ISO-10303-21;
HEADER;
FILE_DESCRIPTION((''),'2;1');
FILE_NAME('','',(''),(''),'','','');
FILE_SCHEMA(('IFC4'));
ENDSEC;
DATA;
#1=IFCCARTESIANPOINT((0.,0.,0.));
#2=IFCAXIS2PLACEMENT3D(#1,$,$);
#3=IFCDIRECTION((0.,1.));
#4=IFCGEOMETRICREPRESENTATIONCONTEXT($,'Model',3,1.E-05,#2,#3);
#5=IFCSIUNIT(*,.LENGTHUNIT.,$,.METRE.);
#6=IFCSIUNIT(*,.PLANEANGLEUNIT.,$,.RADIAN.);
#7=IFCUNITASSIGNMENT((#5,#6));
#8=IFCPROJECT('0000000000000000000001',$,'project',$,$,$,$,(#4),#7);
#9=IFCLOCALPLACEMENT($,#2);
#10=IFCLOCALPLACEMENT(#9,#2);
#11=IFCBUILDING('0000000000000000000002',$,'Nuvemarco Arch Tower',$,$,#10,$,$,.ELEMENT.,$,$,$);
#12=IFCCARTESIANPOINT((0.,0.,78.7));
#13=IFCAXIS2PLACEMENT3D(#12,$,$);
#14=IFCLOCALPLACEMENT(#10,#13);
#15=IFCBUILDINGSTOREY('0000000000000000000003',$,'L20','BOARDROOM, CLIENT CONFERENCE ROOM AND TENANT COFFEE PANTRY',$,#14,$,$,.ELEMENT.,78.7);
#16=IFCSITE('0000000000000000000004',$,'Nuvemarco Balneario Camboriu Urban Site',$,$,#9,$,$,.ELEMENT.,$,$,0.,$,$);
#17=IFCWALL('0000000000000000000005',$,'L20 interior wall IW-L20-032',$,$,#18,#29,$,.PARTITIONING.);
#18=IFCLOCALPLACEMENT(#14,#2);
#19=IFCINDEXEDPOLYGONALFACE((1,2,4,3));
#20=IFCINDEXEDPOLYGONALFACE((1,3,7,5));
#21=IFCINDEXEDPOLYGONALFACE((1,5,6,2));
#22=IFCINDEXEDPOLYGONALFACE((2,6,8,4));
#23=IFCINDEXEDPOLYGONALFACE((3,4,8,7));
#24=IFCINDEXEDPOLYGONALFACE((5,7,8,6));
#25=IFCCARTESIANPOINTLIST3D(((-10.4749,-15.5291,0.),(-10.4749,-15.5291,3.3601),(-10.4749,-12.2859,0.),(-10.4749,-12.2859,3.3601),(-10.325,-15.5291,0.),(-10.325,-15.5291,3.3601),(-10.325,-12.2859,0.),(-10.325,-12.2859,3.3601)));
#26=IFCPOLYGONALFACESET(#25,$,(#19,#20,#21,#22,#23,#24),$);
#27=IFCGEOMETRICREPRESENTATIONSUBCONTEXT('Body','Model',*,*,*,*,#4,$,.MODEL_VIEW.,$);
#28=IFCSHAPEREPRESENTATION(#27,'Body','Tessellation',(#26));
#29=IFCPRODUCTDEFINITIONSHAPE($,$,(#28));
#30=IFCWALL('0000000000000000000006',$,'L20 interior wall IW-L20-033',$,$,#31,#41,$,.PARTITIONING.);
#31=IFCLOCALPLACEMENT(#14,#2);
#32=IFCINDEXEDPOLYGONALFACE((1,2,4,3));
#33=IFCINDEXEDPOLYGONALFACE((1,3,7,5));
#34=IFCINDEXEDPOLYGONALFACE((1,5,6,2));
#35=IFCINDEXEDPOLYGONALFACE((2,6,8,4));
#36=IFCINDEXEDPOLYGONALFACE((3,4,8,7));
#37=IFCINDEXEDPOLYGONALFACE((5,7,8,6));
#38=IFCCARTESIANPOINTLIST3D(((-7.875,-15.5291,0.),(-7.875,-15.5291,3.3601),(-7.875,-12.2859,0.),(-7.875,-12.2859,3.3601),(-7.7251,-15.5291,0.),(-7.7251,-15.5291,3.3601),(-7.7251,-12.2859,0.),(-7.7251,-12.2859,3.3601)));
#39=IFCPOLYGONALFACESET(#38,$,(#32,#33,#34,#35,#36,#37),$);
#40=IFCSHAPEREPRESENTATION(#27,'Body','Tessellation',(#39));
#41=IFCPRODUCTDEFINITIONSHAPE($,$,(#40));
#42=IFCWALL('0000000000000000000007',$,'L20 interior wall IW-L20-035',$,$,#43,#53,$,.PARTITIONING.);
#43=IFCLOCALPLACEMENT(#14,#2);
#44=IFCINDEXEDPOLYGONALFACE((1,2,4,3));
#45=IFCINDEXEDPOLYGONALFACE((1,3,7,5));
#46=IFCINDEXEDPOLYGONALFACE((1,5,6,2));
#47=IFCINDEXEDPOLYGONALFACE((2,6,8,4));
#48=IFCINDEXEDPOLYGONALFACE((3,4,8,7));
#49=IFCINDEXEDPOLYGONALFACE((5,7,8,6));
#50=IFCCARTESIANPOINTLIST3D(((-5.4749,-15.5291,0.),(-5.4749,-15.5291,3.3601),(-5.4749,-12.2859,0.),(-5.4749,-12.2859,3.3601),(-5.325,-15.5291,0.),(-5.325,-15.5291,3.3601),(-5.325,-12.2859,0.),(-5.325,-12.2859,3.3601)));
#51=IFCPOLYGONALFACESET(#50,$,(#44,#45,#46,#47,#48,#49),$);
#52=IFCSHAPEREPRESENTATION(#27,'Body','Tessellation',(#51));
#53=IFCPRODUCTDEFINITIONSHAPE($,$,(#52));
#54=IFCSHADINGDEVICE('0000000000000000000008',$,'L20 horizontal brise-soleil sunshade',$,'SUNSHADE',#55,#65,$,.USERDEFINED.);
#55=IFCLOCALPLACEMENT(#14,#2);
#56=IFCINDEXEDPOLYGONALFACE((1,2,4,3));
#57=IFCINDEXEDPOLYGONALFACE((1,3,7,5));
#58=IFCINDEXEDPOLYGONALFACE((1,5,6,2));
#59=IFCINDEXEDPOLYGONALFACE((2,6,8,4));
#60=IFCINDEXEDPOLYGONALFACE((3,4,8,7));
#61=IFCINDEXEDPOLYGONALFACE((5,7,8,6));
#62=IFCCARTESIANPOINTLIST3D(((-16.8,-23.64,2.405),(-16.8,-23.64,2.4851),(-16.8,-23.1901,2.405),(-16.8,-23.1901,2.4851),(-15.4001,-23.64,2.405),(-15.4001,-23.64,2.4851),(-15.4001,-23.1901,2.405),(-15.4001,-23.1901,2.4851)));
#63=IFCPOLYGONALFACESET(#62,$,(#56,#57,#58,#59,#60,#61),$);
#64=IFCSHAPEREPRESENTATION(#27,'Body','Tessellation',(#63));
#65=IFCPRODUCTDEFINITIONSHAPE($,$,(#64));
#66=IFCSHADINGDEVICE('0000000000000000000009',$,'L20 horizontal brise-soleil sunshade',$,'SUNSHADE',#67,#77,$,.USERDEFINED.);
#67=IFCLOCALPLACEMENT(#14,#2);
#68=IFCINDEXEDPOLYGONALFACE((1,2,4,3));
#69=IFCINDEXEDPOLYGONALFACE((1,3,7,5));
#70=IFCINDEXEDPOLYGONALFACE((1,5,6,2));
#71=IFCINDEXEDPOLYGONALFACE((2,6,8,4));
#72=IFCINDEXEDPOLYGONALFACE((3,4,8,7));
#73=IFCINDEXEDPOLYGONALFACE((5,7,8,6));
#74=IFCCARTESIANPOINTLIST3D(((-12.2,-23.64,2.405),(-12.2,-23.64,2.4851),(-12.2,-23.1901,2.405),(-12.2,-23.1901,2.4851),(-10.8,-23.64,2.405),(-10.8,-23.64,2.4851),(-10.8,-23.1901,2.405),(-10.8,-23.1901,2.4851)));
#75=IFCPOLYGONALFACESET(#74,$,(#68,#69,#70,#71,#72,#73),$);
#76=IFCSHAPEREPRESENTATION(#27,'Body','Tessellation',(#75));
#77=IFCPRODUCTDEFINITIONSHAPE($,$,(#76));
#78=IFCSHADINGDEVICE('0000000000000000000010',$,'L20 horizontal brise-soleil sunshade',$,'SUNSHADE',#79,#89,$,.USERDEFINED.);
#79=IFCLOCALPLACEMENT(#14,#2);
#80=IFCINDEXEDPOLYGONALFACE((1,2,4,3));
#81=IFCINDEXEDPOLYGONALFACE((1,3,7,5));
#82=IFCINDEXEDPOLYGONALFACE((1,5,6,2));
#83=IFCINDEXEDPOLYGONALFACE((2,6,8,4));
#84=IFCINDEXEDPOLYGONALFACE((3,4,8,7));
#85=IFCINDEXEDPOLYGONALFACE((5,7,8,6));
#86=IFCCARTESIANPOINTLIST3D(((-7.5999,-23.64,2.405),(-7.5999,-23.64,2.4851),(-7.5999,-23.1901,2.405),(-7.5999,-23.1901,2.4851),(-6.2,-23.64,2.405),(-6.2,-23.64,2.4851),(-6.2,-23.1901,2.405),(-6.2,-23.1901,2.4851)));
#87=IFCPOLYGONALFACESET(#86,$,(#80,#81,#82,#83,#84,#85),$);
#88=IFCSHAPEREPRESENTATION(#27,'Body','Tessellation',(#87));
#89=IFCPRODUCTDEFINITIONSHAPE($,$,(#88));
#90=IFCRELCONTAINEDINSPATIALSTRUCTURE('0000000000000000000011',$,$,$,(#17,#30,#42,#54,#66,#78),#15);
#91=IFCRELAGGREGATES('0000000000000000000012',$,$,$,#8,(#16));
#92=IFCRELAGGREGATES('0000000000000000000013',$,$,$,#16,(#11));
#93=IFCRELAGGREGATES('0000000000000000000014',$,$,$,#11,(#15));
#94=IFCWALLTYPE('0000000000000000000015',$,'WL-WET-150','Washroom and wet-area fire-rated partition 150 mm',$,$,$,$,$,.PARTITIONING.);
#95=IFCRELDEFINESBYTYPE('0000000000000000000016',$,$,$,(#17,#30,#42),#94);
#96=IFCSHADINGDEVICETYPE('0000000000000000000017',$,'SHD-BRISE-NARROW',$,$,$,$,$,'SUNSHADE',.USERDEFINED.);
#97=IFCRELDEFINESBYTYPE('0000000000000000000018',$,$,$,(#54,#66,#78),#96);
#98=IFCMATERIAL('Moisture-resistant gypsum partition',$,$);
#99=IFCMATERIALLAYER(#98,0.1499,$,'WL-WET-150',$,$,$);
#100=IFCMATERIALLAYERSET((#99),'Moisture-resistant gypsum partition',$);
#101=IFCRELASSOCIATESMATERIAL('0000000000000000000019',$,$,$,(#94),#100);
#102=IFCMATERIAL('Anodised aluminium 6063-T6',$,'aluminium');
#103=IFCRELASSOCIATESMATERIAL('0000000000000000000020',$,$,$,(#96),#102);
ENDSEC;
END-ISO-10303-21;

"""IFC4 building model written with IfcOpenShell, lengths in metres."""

from ifc_helpers import new_model, si_unit, direction, frame, frame_2d, origin, origin_2d, place, context, subcontext, project, spatial, rectangle, extrude, source, transform, mapped, material, layer, layer_set, type_object, type_shapes, element, save


model = new_model("IFC4")

# Units and contexts
model_context = context("Model", 3, precision=1e-05, world=origin(), true_north=direction((0.0, 1.0)))
body_context = subcontext(model_context, "Body", "Model", "MODEL_VIEW")
ifc_project = project(units=[si_unit("LENGTHUNIT", "METRE"), si_unit("PLANEANGLEUNIT", "RADIAN")], contexts=[model_context])

# Site, building, storey
site_placement = place(None, origin())
site = spatial("IfcSite", under=ifc_project, at=site_placement, Name="Nuvemarco Balneario Camboriu Urban Site", CompositionType="ELEMENT", RefElevation=0.0)
building_placement = place(site_placement, origin())
building = spatial("IfcBuilding", under=site, at=building_placement, Name="Nuvemarco Arch Tower", CompositionType="ELEMENT")
storey_placement = place(building_placement, frame((0.0, 0.0, 78.7)))
storey = spatial("IfcBuildingStorey", under=building, at=storey_placement, Name="L20", Description="BOARDROOM, CLIENT CONFERENCE ROOM AND TENANT COFFEE PANTRY", CompositionType="ELEMENT", Elevation=78.7)

# Walls
ifc_material_1 = material(Name="Moisture-resistant gypsum partition")
ifc_layer_1 = layer(ifc_material_1, 0.1499, Name="WL-WET-150")
ifc_layer_set_1 = layer_set([ifc_layer_1], Name="Moisture-resistant gypsum partition")
wall_type_1 = type_object("IfcWallType", Name="WL-WET-150", Description="Washroom and wet-area fire-rated partition 150 mm", PredefinedType="PARTITIONING", material=ifc_layer_set_1)
for number, where, z_axis, x_axis, name in (
    (1, (-10.3999, -15.5291, 0.0), (0.0, 0.0, 1.0), (0.0, 1.0, 0.0), "L20 interior wall IW-L20-032"),
    (2, (-7.8, -15.5291, 0.0), (0.0, 0.0, 1.0), (0.0, 1.0, 0.0), "L20 interior wall IW-L20-033"),
    (3, (-5.3999, -15.5291, 0.0), (0.0, 0.0, 1.0), (0.0, 1.0, 0.0), "L20 interior wall IW-L20-035"),
):
    element("IfcWall", number, at=place(storey_placement, frame(where, z_axis=z_axis, x_axis=x_axis)), inside=storey, type_object=wall_type_1, Name=name, PredefinedType="PARTITIONING", context=body_context, shape_type="SweptSolid", body=[
        extrude(rectangle(XDim=3.2432, YDim=0.1499, at=frame_2d((1.6216, 0.0))), origin(), (0.0, 0.0, 1.0), 3.3601),
    ])

# Shading devices
ifc_material_2 = material(Name="Anodised aluminium 6063-T6", Category="aluminium")
shading_device_type = type_object("IfcShadingDeviceType", Name="SHD-BRISE-NARROW", ElementType="SUNSHADE", PredefinedType="USERDEFINED", material=ifc_material_2)
shared_shape_1 = source(origin(), body_context, "Body", "SweptSolid", [
    extrude(rectangle(XDim=1.3999, YDim=0.45, at=origin_2d()), origin(), (0.0, 0.0, 1.0), 0.0801),
])
type_shapes(shading_device_type, [shared_shape_1])
for number, where, z_axis, x_axis, name in (
    (4, (-16.1001, -23.415, 2.405), (0.0, 0.0, 1.0), (1.0, 0.0, 0.0), "L20 horizontal brise-soleil sunshade"),
    (5, (-11.5, -23.415, 2.405), (0.0, 0.0, 1.0), (1.0, 0.0, 0.0), "L20 horizontal brise-soleil sunshade"),
    (6, (-6.8999, -23.415, 2.405), (0.0, 0.0, 1.0), (1.0, 0.0, 0.0), "L20 horizontal brise-soleil sunshade"),
):
    element("IfcShadingDevice", number, at=place(storey_placement, frame(where, z_axis=z_axis, x_axis=x_axis)), inside=storey, type_object=shading_device_type, Name=name, ObjectType="SUNSHADE", PredefinedType="USERDEFINED", context=body_context, shape_type="MappedRepresentation", body=[
        mapped(shared_shape_1, transform((0.0, 0.0, 0.0), scale=1.0)),
    ])

save(model, "model.ifc")
